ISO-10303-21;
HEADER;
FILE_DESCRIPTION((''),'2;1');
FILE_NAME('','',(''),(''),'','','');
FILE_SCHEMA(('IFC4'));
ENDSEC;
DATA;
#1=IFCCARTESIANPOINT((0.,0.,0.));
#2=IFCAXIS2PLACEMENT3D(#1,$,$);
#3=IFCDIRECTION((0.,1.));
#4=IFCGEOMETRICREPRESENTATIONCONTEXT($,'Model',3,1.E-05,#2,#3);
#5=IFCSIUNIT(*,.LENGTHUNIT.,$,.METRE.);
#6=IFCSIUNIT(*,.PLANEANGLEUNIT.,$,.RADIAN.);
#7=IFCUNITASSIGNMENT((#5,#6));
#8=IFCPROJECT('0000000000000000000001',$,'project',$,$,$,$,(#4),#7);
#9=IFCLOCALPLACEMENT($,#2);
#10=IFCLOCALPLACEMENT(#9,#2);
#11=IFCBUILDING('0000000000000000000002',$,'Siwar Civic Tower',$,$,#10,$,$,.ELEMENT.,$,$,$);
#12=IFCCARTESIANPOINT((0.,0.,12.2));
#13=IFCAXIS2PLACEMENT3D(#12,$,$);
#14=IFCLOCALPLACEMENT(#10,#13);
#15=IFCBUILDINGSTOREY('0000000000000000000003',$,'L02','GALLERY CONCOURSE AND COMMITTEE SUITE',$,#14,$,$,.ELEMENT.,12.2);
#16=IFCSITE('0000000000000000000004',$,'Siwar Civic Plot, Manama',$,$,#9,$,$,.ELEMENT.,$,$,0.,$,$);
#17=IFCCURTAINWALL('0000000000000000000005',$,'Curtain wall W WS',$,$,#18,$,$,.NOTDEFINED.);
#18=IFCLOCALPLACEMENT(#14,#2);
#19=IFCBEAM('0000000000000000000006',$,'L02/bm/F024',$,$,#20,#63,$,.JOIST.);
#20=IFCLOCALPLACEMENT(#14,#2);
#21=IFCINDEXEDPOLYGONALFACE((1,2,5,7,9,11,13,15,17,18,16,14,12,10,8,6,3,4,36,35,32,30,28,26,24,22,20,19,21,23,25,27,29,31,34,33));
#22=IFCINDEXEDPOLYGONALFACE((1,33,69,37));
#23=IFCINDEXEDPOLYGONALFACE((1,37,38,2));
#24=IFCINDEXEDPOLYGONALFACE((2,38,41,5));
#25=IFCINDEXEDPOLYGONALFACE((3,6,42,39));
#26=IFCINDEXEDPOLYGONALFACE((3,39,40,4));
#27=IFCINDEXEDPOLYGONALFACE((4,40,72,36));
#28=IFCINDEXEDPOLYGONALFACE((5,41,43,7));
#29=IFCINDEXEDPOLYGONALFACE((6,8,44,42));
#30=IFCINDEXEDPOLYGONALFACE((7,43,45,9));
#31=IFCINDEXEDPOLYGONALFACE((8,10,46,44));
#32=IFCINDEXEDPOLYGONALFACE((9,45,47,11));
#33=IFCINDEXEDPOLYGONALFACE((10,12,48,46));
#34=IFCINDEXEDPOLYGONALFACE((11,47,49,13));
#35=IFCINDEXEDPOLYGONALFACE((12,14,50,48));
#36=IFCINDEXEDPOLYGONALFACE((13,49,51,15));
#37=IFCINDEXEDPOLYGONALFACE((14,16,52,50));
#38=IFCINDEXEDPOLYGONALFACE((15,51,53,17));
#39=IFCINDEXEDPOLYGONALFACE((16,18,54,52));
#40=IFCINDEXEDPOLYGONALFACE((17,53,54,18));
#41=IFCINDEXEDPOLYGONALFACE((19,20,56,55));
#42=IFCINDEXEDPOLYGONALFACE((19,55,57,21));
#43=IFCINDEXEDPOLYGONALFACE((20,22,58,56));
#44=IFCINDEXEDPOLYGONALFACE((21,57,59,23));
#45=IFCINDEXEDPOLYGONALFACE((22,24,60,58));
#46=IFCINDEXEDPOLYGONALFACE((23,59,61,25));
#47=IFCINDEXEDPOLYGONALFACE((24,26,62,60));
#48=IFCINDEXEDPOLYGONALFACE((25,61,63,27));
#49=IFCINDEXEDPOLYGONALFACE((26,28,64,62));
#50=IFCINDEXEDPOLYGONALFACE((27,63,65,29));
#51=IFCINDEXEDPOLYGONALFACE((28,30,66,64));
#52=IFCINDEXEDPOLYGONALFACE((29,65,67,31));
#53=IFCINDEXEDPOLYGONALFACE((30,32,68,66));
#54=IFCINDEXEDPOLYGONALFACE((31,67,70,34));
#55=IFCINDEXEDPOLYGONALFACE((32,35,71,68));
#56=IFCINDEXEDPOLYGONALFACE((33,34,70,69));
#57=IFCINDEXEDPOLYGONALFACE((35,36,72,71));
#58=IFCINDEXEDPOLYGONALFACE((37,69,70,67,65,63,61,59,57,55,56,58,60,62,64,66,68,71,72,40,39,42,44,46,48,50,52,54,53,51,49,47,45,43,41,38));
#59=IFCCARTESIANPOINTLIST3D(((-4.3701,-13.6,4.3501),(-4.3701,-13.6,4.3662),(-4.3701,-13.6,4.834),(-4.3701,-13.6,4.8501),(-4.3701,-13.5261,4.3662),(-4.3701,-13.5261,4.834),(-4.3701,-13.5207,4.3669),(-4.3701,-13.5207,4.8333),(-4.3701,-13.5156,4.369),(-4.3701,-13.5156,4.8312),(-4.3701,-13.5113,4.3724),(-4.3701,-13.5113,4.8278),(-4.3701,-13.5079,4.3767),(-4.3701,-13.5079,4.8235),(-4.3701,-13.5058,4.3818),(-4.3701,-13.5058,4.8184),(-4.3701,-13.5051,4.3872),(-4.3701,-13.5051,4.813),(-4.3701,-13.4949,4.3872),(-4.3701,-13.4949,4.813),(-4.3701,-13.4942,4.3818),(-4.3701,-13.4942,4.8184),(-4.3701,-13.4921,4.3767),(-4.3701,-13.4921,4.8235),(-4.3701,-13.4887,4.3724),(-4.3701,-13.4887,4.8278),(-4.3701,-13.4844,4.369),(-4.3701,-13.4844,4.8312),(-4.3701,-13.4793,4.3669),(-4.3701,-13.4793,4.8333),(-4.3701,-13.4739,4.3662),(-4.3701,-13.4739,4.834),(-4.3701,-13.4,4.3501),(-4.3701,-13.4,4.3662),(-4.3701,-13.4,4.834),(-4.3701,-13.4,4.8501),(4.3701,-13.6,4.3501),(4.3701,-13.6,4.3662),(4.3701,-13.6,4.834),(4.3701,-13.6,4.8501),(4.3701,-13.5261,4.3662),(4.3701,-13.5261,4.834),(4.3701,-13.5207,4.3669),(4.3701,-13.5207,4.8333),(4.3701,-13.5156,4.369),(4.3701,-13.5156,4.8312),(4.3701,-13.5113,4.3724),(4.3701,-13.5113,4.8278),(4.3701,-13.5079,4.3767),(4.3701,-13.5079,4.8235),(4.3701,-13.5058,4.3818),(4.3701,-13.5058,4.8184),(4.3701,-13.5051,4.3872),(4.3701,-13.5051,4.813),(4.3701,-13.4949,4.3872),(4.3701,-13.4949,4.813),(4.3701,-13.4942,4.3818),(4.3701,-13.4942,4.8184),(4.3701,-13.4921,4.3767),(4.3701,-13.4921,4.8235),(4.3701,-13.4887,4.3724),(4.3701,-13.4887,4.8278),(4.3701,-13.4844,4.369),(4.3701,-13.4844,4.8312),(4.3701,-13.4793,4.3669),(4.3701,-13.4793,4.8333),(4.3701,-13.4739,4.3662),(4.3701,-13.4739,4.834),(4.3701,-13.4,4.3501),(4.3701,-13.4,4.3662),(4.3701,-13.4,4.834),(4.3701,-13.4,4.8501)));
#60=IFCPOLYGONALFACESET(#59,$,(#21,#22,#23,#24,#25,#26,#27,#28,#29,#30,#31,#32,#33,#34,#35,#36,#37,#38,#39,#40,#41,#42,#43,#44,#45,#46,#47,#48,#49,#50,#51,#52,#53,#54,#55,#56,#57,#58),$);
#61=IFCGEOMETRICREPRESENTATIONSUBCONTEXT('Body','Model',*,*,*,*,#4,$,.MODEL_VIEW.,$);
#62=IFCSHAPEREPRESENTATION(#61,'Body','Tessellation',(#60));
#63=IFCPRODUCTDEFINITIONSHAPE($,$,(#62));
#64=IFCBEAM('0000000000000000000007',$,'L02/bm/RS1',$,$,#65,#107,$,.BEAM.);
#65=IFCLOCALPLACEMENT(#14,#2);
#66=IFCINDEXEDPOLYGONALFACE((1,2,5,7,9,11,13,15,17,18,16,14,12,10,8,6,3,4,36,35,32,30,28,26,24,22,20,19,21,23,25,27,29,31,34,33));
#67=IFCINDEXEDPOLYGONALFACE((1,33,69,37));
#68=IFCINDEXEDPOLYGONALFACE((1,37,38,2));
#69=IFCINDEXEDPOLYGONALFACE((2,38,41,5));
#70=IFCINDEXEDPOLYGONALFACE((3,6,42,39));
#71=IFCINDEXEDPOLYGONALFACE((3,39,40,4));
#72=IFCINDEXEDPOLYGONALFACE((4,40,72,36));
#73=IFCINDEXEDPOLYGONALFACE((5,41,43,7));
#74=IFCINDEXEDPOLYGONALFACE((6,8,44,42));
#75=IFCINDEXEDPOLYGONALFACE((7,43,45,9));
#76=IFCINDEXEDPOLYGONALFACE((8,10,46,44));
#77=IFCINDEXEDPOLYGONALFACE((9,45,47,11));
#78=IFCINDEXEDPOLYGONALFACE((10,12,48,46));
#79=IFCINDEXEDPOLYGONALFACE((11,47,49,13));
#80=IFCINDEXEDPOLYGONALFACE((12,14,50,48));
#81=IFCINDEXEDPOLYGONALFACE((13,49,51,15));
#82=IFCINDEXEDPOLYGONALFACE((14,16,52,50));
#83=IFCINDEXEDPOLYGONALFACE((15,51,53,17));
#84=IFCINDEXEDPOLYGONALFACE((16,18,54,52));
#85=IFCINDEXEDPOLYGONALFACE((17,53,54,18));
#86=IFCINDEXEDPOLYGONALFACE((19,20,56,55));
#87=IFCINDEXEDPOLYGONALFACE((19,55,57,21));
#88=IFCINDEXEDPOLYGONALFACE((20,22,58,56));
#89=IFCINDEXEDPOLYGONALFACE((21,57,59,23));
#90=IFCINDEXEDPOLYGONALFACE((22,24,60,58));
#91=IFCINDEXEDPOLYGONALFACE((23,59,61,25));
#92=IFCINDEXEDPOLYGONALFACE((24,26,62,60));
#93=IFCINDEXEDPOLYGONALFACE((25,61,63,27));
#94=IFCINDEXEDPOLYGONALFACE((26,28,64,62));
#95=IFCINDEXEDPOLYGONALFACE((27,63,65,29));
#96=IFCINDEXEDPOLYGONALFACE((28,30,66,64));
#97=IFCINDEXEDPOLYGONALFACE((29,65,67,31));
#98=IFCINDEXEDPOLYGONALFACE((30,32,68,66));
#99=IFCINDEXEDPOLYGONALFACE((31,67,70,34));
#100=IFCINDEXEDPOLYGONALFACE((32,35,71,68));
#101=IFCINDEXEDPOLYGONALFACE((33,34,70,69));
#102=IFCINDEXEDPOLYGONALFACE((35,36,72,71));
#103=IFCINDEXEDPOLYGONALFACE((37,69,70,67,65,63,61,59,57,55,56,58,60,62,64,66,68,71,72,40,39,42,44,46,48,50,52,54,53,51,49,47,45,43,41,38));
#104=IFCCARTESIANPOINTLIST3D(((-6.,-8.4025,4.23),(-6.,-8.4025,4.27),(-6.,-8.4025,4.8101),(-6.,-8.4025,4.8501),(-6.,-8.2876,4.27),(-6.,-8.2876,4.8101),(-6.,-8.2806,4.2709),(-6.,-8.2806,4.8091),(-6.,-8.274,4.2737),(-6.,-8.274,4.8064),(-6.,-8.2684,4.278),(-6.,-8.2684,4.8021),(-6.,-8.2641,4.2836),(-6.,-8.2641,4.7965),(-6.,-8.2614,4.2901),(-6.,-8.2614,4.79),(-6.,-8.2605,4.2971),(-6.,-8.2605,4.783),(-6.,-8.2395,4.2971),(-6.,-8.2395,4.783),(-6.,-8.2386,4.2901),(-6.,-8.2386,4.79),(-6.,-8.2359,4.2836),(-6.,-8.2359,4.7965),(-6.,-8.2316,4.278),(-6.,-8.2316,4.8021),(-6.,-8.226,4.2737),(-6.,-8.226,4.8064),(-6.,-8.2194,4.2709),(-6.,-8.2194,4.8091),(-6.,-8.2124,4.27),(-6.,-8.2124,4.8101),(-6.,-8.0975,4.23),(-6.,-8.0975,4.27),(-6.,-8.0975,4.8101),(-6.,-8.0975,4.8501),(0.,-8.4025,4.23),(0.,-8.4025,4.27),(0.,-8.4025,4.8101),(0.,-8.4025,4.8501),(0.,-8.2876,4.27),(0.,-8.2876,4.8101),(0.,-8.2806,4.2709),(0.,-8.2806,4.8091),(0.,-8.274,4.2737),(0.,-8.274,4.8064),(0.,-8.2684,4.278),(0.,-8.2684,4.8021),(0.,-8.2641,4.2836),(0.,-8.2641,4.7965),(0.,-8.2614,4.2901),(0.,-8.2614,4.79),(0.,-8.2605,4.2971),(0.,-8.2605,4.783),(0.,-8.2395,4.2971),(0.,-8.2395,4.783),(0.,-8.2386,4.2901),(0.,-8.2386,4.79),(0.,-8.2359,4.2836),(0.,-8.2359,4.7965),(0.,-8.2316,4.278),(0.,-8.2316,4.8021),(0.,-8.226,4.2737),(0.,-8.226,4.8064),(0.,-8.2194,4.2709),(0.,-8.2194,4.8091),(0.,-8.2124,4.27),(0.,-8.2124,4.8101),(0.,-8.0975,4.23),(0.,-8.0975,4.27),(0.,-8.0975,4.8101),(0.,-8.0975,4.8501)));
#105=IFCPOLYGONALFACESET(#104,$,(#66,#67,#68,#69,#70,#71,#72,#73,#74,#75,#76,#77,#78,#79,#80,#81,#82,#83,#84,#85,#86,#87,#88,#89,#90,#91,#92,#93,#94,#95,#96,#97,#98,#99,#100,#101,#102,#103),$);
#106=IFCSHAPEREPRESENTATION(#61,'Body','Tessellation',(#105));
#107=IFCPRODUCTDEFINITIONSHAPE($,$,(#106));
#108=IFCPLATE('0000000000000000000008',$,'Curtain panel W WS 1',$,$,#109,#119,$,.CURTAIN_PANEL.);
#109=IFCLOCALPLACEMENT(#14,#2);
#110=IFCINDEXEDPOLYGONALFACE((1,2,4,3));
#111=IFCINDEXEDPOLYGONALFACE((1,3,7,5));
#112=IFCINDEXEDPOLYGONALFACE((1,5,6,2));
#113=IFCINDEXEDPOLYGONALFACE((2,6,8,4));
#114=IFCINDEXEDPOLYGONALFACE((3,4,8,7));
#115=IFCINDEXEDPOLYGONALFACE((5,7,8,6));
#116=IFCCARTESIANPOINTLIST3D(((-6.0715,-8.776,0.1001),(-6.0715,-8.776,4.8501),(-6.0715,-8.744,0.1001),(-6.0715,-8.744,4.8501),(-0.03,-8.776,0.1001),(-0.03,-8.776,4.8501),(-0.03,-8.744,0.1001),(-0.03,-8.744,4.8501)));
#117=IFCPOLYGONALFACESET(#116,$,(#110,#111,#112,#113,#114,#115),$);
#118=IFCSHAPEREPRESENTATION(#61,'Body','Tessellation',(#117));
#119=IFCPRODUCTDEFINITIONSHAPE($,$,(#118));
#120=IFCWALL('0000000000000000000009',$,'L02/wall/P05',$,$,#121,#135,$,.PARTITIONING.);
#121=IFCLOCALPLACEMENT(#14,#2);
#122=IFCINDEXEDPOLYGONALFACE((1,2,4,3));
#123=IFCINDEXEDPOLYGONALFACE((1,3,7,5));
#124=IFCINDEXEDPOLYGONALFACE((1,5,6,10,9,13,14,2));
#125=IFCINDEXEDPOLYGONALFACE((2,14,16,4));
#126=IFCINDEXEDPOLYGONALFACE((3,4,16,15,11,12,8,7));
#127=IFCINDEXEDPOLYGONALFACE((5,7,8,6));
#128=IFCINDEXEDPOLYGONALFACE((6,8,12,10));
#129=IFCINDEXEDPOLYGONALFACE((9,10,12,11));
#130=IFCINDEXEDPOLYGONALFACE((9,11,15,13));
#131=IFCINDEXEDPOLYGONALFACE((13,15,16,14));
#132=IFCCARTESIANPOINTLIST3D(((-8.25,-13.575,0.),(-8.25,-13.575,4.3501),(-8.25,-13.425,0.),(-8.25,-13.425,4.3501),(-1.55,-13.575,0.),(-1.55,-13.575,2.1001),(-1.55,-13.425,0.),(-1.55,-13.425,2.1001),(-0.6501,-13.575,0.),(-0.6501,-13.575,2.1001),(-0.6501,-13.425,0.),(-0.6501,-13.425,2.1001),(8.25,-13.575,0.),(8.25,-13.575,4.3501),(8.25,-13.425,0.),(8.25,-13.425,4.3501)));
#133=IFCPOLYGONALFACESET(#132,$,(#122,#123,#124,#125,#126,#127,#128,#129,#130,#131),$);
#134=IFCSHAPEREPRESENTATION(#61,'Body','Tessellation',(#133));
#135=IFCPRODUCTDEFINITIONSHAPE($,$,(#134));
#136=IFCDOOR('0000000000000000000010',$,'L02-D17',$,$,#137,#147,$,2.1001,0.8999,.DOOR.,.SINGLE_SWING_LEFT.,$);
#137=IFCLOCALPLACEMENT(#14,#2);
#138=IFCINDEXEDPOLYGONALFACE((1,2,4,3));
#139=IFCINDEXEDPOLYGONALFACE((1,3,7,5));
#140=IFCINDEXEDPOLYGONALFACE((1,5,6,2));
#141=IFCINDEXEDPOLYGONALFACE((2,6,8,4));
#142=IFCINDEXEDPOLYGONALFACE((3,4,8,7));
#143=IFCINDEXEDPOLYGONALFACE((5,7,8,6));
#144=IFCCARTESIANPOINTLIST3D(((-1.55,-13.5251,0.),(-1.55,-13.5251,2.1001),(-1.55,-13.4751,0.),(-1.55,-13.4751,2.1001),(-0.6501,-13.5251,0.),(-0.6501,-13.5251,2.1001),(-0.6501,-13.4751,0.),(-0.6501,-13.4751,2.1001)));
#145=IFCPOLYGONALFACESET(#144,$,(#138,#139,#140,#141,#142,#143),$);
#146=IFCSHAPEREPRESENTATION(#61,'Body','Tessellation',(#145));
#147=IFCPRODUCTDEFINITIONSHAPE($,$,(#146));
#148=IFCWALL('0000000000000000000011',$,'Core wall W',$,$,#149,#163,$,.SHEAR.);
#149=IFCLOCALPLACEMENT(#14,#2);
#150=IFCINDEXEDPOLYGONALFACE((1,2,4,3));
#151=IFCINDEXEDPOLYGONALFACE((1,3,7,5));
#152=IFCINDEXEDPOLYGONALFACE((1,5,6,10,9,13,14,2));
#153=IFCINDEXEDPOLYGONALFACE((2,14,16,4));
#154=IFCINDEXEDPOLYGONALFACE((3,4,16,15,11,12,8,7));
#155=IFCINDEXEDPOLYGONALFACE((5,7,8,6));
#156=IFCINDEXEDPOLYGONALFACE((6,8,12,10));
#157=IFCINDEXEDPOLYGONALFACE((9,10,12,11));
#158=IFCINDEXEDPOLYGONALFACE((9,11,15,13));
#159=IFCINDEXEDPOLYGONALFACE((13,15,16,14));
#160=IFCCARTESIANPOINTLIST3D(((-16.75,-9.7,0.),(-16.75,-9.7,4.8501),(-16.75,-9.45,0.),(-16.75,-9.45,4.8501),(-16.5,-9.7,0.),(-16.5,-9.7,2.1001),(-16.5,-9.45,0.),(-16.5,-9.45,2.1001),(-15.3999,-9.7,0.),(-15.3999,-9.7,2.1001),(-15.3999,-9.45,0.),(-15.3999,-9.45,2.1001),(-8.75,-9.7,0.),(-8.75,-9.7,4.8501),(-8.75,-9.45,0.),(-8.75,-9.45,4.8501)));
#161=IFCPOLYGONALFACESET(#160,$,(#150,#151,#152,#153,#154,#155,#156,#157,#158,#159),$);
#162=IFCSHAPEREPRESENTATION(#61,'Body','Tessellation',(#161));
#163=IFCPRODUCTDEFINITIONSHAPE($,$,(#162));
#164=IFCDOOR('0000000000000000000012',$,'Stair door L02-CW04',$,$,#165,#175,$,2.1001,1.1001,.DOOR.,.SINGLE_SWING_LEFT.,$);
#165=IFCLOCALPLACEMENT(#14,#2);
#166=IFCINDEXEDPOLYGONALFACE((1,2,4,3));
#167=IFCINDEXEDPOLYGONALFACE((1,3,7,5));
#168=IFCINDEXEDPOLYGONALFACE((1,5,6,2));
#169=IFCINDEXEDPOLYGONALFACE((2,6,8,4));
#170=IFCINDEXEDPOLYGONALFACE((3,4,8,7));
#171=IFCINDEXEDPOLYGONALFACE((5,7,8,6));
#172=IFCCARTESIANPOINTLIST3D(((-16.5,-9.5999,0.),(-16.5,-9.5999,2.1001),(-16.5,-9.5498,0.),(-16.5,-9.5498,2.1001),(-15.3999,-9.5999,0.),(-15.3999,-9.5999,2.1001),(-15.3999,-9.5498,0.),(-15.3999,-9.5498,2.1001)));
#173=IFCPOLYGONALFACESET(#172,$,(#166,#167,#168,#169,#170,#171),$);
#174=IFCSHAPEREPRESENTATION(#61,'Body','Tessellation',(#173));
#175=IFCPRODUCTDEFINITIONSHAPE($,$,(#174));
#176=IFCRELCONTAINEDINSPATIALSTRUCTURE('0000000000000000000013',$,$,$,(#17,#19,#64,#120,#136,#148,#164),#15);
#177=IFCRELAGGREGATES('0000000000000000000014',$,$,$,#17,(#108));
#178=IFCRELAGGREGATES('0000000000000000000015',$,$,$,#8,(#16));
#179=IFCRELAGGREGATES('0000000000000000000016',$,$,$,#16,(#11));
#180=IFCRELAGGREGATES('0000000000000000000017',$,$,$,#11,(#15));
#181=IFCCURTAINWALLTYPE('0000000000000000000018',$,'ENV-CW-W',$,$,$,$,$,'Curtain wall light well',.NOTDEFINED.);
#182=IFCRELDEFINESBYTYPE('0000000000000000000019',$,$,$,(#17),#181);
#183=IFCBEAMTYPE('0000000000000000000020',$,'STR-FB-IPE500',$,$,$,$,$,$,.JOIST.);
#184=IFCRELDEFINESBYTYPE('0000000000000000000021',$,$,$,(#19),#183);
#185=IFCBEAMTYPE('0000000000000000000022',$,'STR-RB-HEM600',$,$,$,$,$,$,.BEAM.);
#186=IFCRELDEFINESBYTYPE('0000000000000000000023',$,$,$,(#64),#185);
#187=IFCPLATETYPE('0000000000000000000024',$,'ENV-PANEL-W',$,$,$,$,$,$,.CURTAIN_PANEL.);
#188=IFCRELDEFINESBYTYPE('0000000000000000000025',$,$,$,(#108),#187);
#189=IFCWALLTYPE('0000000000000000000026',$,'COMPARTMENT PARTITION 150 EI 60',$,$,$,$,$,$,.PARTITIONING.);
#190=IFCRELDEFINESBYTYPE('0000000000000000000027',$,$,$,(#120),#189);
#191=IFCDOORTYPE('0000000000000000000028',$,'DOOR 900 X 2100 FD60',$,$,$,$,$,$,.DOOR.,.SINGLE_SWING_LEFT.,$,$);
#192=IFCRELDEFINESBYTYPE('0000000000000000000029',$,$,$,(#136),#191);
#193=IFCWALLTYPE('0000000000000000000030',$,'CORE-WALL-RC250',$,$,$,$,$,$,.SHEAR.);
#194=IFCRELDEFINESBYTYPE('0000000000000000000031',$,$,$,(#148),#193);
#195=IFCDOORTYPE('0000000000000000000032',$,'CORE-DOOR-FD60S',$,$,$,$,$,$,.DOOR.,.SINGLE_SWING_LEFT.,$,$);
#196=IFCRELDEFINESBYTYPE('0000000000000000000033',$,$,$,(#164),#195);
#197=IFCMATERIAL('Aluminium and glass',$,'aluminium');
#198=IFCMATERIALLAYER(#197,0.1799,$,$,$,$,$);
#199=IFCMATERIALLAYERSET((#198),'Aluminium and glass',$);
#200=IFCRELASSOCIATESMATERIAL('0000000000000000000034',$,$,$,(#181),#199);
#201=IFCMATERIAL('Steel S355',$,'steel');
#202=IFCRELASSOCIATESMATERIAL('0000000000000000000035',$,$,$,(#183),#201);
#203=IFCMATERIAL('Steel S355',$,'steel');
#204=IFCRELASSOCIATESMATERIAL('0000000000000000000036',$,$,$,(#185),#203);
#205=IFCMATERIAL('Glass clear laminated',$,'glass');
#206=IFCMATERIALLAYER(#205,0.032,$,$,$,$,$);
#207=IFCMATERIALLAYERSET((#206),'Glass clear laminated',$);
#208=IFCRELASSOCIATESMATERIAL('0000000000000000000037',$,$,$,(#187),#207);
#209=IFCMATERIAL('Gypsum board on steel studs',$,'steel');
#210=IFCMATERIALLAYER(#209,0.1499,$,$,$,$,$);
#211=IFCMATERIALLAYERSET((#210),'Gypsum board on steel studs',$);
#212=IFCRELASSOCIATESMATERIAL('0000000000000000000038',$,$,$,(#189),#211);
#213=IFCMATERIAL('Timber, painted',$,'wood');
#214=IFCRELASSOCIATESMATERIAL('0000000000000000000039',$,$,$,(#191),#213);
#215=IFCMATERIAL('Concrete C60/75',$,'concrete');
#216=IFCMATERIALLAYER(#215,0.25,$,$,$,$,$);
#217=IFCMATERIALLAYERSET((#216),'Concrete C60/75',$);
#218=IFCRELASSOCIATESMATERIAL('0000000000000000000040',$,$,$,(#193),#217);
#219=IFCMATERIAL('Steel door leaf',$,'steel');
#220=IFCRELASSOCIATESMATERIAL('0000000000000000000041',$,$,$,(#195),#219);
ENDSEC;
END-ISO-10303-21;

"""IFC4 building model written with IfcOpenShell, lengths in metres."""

from ifc_helpers import new_model, si_unit, direction, frame, frame_2d, origin, origin_2d, place, context, subcontext, project, spatial, rectangle, i_section, extrude, material, layer, layer_set, material_profile, profile_set, type_object, element, fill, aggregate, save


model = new_model("IFC4")

# Units and contexts
model_context = context("Model", 3, precision=1e-05, world=origin(), true_north=direction((0.0, 1.0)))
body_context = subcontext(model_context, "Body", "Model", "MODEL_VIEW")
ifc_project = project(units=[si_unit("LENGTHUNIT", "METRE"), si_unit("PLANEANGLEUNIT", "RADIAN")], contexts=[model_context])

# Site, building, storey
site_placement = place(None, origin())
site = spatial("IfcSite", under=ifc_project, at=site_placement, Name="Siwar Civic Plot, Manama", CompositionType="ELEMENT", RefElevation=0.0)
building_placement = place(site_placement, origin())
building = spatial("IfcBuilding", under=site, at=building_placement, Name="Siwar Civic Tower", CompositionType="ELEMENT")
storey_placement = place(building_placement, frame((0.0, 0.0, 12.2)))
storey = spatial("IfcBuildingStorey", under=building, at=storey_placement, Name="L02", Description="GALLERY CONCOURSE AND COMMITTEE SUITE", CompositionType="ELEMENT", Elevation=12.2)

# Curtain wall
ifc_material_1 = material(Name="Aluminium and glass", Category="aluminium")
ifc_layer_1 = layer(ifc_material_1, 0.1799)
ifc_layer_set_1 = layer_set([ifc_layer_1], Name="Aluminium and glass")
curtain_wall_type = type_object("IfcCurtainWallType", Name="ENV-CW-W", ElementType="Curtain wall light well", PredefinedType="NOTDEFINED", material=ifc_layer_set_1)
curtain_wall_placement = place(storey_placement, origin())
curtain_wall = element("IfcCurtainWall", 1, at=curtain_wall_placement, inside=storey, type_object=curtain_wall_type, Name="Curtain wall W WS", PredefinedType="NOTDEFINED")

# Beams
ifc_material_2 = material(Name="Steel S355", Category="steel")
ifc_material_profile_1 = material_profile(ifc_material_2, i_section(OverallWidth=0.2, OverallDepth=0.5, WebThickness=0.0103, FlangeThickness=0.0161, FilletRadius=0.021, at=origin_2d()), Name="IPE500")
ifc_profile_set_1 = profile_set([ifc_material_profile_1], Name="Steel S355")
beam_type_1 = type_object("IfcBeamType", Name="STR-FB-IPE500", PredefinedType="JOIST", material=ifc_profile_set_1)
beam_1_placement = place(storey_placement, frame((-4.3701, -13.5, 4.6001), z_axis=(1.0, 0.0, 0.0), x_axis=(0.0, 1.0, 0.0)))
element("IfcBeam", 2, at=beam_1_placement, inside=storey, type_object=beam_type_1, Name="L02/bm/F024", PredefinedType="JOIST", context=body_context, shape_type="SweptSolid", body=[
    extrude(i_section(OverallWidth=0.2, OverallDepth=0.5, WebThickness=0.0103, FlangeThickness=0.0161, FilletRadius=0.021, at=origin_2d()), origin(), (0.0, 0.0, 1.0), 8.7402),
])
ifc_material_3 = material(Name="Steel S355", Category="steel")
ifc_material_profile_2 = material_profile(ifc_material_3, i_section(OverallWidth=0.3049, OverallDepth=0.6201, WebThickness=0.021, FlangeThickness=0.04, FilletRadius=0.0271, at=origin_2d()), Name="HEM600")
ifc_profile_set_2 = profile_set([ifc_material_profile_2], Name="Steel S355")
beam_type_2 = type_object("IfcBeamType", Name="STR-RB-HEM600", PredefinedType="BEAM", material=ifc_profile_set_2)
beam_2_placement = place(storey_placement, frame((-6.0, -8.25, 4.54), z_axis=(1.0, 0.0, 0.0), x_axis=(0.0, 1.0, 0.0)))
element("IfcBeam", 3, at=beam_2_placement, inside=storey, type_object=beam_type_2, Name="L02/bm/RS1", PredefinedType="BEAM", context=body_context, shape_type="SweptSolid", body=[
    extrude(i_section(OverallWidth=0.3049, OverallDepth=0.6201, WebThickness=0.021, FlangeThickness=0.04, FilletRadius=0.0271, at=origin_2d()), origin(), (0.0, 0.0, 1.0), 6.0),
])

# Plate
ifc_material_4 = material(Name="Glass clear laminated", Category="glass")
ifc_layer_2 = layer(ifc_material_4, 0.032)
ifc_layer_set_2 = layer_set([ifc_layer_2], Name="Glass clear laminated")
plate_type = type_object("IfcPlateType", Name="ENV-PANEL-W", PredefinedType="CURTAIN_PANEL", material=ifc_layer_set_2)
plate_placement = place(storey_placement, frame((-3.0508, -8.76, 0.1001), z_axis=(0.0, 0.0, 1.0), x_axis=(1.0, 0.0, 0.0)))
plate = element("IfcPlate", 4, at=plate_placement, type_object=plate_type, Name="Curtain panel W WS 1", PredefinedType="CURTAIN_PANEL", context=body_context, shape_type="SweptSolid", body=[
    extrude(rectangle(XDim=6.0415, YDim=0.032, at=origin_2d()), origin(), (0.0, 0.0, 1.0), 4.75),
])
aggregate(curtain_wall, [plate])

# Walls, openings, doors
ifc_material_5 = material(Name="Gypsum board on steel studs", Category="steel")
ifc_layer_3 = layer(ifc_material_5, 0.1499)
ifc_layer_set_3 = layer_set([ifc_layer_3], Name="Gypsum board on steel studs")
wall_type_1 = type_object("IfcWallType", Name="COMPARTMENT PARTITION 150 EI 60", PredefinedType="PARTITIONING", material=ifc_layer_set_3)
wall_1_placement = place(storey_placement, frame((-8.25, -13.5, 0.0), z_axis=(0.0, 0.0, 1.0), x_axis=(1.0, 0.0, 0.0)))
wall_1 = element("IfcWall", 5, at=wall_1_placement, inside=storey, type_object=wall_type_1, Name="L02/wall/P05", PredefinedType="PARTITIONING", context=body_context, shape_type="SweptSolid", body=[
    extrude(rectangle(XDim=16.5, YDim=0.1499, at=frame_2d((8.25, 0.0))), origin(), (0.0, 0.0, 1.0), 4.3501),
])
opening_1_placement = place(wall_1_placement, frame((6.7, 0.0, 0.0)))
opening_1 = element("IfcOpeningElement", 6, at=opening_1_placement, cuts=wall_1, PredefinedType="OPENING", context=body_context, shape_type="SweptSolid", body=[
    extrude(rectangle(XDim=0.8999, YDim=2.1001, at=frame_2d((0.45, 1.05))), frame((0.0, 0.085, 0.0), z_axis=(0.0, -1.0, 0.0), x_axis=(1.0, 0.0, 0.0)), (0.0, 0.0, 1.0), 0.1699),
])
ifc_material_6 = material(Name="Timber, painted", Category="wood")
door_type_1 = type_object("IfcDoorType", Name="DOOR 900 X 2100 FD60", OperationType="SINGLE_SWING_LEFT", PredefinedType="DOOR", material=ifc_material_6)
door_1_placement = place(opening_1_placement, origin())
door_1 = element("IfcDoor", 7, at=door_1_placement, inside=storey, type_object=door_type_1, Name="L02-D17", OperationType="SINGLE_SWING_LEFT", OverallHeight=2.1001, OverallWidth=0.8999, PredefinedType="DOOR", context=body_context, shape_type="SweptSolid", body=[
    extrude(rectangle(XDim=0.8999, YDim=2.1001, at=frame_2d((0.45, 1.05))), frame((0.0, 0.0249, 0.0), z_axis=(0.0, -1.0, 0.0), x_axis=(1.0, 0.0, 0.0)), (0.0, 0.0, 1.0), 0.05),
])
fill(opening_1, door_1)
ifc_material_7 = material(Name="Concrete C60/75", Category="concrete")
ifc_layer_4 = layer(ifc_material_7, 0.25)
ifc_layer_set_4 = layer_set([ifc_layer_4], Name="Concrete C60/75")
wall_type_2 = type_object("IfcWallType", Name="CORE-WALL-RC250", PredefinedType="SHEAR", material=ifc_layer_set_4)
wall_2_placement = place(storey_placement, frame((-8.75, -9.575, 0.0), z_axis=(0.0, 0.0, 1.0), x_axis=(-1.0, 0.0, 0.0)))
wall_2 = element("IfcWall", 8, at=wall_2_placement, inside=storey, type_object=wall_type_2, Name="Core wall W", PredefinedType="SHEAR", context=body_context, shape_type="SweptSolid", body=[
    extrude(rectangle(XDim=8.0, YDim=0.25, at=frame_2d((4.0, 0.0))), origin(), (0.0, 0.0, 1.0), 4.8501),
])
opening_2_placement = place(wall_2_placement, frame((6.6499, 0.0, 0.0)))
opening_2 = element("IfcOpeningElement", 9, at=opening_2_placement, cuts=wall_2, PredefinedType="OPENING", context=body_context, shape_type="SweptSolid", body=[
    extrude(rectangle(XDim=1.1001, YDim=2.1001, at=frame_2d((0.55, 1.05))), frame((0.0, 0.135, 0.0), z_axis=(0.0, -1.0, 0.0), x_axis=(1.0, 0.0, 0.0)), (0.0, 0.0, 1.0), 0.27),
])
ifc_material_8 = material(Name="Steel door leaf", Category="steel")
door_type_2 = type_object("IfcDoorType", Name="CORE-DOOR-FD60S", OperationType="SINGLE_SWING_LEFT", PredefinedType="DOOR", material=ifc_material_8)
door_2_placement = place(opening_2_placement, origin())
door_2 = element("IfcDoor", 10, at=door_2_placement, inside=storey, type_object=door_type_2, Name="Stair door L02-CW04", OperationType="SINGLE_SWING_LEFT", OverallHeight=2.1001, OverallWidth=1.1001, PredefinedType="DOOR", context=body_context, shape_type="SweptSolid", body=[
    extrude(rectangle(XDim=1.1001, YDim=2.1001, at=frame_2d((0.55, 1.05))), frame((0.0, 0.0249, 0.0), z_axis=(0.0, -1.0, 0.0), x_axis=(1.0, 0.0, 0.0)), (0.0, 0.0, 1.0), 0.05),
])
fill(opening_2, door_2)

save(model, "model.ifc")
